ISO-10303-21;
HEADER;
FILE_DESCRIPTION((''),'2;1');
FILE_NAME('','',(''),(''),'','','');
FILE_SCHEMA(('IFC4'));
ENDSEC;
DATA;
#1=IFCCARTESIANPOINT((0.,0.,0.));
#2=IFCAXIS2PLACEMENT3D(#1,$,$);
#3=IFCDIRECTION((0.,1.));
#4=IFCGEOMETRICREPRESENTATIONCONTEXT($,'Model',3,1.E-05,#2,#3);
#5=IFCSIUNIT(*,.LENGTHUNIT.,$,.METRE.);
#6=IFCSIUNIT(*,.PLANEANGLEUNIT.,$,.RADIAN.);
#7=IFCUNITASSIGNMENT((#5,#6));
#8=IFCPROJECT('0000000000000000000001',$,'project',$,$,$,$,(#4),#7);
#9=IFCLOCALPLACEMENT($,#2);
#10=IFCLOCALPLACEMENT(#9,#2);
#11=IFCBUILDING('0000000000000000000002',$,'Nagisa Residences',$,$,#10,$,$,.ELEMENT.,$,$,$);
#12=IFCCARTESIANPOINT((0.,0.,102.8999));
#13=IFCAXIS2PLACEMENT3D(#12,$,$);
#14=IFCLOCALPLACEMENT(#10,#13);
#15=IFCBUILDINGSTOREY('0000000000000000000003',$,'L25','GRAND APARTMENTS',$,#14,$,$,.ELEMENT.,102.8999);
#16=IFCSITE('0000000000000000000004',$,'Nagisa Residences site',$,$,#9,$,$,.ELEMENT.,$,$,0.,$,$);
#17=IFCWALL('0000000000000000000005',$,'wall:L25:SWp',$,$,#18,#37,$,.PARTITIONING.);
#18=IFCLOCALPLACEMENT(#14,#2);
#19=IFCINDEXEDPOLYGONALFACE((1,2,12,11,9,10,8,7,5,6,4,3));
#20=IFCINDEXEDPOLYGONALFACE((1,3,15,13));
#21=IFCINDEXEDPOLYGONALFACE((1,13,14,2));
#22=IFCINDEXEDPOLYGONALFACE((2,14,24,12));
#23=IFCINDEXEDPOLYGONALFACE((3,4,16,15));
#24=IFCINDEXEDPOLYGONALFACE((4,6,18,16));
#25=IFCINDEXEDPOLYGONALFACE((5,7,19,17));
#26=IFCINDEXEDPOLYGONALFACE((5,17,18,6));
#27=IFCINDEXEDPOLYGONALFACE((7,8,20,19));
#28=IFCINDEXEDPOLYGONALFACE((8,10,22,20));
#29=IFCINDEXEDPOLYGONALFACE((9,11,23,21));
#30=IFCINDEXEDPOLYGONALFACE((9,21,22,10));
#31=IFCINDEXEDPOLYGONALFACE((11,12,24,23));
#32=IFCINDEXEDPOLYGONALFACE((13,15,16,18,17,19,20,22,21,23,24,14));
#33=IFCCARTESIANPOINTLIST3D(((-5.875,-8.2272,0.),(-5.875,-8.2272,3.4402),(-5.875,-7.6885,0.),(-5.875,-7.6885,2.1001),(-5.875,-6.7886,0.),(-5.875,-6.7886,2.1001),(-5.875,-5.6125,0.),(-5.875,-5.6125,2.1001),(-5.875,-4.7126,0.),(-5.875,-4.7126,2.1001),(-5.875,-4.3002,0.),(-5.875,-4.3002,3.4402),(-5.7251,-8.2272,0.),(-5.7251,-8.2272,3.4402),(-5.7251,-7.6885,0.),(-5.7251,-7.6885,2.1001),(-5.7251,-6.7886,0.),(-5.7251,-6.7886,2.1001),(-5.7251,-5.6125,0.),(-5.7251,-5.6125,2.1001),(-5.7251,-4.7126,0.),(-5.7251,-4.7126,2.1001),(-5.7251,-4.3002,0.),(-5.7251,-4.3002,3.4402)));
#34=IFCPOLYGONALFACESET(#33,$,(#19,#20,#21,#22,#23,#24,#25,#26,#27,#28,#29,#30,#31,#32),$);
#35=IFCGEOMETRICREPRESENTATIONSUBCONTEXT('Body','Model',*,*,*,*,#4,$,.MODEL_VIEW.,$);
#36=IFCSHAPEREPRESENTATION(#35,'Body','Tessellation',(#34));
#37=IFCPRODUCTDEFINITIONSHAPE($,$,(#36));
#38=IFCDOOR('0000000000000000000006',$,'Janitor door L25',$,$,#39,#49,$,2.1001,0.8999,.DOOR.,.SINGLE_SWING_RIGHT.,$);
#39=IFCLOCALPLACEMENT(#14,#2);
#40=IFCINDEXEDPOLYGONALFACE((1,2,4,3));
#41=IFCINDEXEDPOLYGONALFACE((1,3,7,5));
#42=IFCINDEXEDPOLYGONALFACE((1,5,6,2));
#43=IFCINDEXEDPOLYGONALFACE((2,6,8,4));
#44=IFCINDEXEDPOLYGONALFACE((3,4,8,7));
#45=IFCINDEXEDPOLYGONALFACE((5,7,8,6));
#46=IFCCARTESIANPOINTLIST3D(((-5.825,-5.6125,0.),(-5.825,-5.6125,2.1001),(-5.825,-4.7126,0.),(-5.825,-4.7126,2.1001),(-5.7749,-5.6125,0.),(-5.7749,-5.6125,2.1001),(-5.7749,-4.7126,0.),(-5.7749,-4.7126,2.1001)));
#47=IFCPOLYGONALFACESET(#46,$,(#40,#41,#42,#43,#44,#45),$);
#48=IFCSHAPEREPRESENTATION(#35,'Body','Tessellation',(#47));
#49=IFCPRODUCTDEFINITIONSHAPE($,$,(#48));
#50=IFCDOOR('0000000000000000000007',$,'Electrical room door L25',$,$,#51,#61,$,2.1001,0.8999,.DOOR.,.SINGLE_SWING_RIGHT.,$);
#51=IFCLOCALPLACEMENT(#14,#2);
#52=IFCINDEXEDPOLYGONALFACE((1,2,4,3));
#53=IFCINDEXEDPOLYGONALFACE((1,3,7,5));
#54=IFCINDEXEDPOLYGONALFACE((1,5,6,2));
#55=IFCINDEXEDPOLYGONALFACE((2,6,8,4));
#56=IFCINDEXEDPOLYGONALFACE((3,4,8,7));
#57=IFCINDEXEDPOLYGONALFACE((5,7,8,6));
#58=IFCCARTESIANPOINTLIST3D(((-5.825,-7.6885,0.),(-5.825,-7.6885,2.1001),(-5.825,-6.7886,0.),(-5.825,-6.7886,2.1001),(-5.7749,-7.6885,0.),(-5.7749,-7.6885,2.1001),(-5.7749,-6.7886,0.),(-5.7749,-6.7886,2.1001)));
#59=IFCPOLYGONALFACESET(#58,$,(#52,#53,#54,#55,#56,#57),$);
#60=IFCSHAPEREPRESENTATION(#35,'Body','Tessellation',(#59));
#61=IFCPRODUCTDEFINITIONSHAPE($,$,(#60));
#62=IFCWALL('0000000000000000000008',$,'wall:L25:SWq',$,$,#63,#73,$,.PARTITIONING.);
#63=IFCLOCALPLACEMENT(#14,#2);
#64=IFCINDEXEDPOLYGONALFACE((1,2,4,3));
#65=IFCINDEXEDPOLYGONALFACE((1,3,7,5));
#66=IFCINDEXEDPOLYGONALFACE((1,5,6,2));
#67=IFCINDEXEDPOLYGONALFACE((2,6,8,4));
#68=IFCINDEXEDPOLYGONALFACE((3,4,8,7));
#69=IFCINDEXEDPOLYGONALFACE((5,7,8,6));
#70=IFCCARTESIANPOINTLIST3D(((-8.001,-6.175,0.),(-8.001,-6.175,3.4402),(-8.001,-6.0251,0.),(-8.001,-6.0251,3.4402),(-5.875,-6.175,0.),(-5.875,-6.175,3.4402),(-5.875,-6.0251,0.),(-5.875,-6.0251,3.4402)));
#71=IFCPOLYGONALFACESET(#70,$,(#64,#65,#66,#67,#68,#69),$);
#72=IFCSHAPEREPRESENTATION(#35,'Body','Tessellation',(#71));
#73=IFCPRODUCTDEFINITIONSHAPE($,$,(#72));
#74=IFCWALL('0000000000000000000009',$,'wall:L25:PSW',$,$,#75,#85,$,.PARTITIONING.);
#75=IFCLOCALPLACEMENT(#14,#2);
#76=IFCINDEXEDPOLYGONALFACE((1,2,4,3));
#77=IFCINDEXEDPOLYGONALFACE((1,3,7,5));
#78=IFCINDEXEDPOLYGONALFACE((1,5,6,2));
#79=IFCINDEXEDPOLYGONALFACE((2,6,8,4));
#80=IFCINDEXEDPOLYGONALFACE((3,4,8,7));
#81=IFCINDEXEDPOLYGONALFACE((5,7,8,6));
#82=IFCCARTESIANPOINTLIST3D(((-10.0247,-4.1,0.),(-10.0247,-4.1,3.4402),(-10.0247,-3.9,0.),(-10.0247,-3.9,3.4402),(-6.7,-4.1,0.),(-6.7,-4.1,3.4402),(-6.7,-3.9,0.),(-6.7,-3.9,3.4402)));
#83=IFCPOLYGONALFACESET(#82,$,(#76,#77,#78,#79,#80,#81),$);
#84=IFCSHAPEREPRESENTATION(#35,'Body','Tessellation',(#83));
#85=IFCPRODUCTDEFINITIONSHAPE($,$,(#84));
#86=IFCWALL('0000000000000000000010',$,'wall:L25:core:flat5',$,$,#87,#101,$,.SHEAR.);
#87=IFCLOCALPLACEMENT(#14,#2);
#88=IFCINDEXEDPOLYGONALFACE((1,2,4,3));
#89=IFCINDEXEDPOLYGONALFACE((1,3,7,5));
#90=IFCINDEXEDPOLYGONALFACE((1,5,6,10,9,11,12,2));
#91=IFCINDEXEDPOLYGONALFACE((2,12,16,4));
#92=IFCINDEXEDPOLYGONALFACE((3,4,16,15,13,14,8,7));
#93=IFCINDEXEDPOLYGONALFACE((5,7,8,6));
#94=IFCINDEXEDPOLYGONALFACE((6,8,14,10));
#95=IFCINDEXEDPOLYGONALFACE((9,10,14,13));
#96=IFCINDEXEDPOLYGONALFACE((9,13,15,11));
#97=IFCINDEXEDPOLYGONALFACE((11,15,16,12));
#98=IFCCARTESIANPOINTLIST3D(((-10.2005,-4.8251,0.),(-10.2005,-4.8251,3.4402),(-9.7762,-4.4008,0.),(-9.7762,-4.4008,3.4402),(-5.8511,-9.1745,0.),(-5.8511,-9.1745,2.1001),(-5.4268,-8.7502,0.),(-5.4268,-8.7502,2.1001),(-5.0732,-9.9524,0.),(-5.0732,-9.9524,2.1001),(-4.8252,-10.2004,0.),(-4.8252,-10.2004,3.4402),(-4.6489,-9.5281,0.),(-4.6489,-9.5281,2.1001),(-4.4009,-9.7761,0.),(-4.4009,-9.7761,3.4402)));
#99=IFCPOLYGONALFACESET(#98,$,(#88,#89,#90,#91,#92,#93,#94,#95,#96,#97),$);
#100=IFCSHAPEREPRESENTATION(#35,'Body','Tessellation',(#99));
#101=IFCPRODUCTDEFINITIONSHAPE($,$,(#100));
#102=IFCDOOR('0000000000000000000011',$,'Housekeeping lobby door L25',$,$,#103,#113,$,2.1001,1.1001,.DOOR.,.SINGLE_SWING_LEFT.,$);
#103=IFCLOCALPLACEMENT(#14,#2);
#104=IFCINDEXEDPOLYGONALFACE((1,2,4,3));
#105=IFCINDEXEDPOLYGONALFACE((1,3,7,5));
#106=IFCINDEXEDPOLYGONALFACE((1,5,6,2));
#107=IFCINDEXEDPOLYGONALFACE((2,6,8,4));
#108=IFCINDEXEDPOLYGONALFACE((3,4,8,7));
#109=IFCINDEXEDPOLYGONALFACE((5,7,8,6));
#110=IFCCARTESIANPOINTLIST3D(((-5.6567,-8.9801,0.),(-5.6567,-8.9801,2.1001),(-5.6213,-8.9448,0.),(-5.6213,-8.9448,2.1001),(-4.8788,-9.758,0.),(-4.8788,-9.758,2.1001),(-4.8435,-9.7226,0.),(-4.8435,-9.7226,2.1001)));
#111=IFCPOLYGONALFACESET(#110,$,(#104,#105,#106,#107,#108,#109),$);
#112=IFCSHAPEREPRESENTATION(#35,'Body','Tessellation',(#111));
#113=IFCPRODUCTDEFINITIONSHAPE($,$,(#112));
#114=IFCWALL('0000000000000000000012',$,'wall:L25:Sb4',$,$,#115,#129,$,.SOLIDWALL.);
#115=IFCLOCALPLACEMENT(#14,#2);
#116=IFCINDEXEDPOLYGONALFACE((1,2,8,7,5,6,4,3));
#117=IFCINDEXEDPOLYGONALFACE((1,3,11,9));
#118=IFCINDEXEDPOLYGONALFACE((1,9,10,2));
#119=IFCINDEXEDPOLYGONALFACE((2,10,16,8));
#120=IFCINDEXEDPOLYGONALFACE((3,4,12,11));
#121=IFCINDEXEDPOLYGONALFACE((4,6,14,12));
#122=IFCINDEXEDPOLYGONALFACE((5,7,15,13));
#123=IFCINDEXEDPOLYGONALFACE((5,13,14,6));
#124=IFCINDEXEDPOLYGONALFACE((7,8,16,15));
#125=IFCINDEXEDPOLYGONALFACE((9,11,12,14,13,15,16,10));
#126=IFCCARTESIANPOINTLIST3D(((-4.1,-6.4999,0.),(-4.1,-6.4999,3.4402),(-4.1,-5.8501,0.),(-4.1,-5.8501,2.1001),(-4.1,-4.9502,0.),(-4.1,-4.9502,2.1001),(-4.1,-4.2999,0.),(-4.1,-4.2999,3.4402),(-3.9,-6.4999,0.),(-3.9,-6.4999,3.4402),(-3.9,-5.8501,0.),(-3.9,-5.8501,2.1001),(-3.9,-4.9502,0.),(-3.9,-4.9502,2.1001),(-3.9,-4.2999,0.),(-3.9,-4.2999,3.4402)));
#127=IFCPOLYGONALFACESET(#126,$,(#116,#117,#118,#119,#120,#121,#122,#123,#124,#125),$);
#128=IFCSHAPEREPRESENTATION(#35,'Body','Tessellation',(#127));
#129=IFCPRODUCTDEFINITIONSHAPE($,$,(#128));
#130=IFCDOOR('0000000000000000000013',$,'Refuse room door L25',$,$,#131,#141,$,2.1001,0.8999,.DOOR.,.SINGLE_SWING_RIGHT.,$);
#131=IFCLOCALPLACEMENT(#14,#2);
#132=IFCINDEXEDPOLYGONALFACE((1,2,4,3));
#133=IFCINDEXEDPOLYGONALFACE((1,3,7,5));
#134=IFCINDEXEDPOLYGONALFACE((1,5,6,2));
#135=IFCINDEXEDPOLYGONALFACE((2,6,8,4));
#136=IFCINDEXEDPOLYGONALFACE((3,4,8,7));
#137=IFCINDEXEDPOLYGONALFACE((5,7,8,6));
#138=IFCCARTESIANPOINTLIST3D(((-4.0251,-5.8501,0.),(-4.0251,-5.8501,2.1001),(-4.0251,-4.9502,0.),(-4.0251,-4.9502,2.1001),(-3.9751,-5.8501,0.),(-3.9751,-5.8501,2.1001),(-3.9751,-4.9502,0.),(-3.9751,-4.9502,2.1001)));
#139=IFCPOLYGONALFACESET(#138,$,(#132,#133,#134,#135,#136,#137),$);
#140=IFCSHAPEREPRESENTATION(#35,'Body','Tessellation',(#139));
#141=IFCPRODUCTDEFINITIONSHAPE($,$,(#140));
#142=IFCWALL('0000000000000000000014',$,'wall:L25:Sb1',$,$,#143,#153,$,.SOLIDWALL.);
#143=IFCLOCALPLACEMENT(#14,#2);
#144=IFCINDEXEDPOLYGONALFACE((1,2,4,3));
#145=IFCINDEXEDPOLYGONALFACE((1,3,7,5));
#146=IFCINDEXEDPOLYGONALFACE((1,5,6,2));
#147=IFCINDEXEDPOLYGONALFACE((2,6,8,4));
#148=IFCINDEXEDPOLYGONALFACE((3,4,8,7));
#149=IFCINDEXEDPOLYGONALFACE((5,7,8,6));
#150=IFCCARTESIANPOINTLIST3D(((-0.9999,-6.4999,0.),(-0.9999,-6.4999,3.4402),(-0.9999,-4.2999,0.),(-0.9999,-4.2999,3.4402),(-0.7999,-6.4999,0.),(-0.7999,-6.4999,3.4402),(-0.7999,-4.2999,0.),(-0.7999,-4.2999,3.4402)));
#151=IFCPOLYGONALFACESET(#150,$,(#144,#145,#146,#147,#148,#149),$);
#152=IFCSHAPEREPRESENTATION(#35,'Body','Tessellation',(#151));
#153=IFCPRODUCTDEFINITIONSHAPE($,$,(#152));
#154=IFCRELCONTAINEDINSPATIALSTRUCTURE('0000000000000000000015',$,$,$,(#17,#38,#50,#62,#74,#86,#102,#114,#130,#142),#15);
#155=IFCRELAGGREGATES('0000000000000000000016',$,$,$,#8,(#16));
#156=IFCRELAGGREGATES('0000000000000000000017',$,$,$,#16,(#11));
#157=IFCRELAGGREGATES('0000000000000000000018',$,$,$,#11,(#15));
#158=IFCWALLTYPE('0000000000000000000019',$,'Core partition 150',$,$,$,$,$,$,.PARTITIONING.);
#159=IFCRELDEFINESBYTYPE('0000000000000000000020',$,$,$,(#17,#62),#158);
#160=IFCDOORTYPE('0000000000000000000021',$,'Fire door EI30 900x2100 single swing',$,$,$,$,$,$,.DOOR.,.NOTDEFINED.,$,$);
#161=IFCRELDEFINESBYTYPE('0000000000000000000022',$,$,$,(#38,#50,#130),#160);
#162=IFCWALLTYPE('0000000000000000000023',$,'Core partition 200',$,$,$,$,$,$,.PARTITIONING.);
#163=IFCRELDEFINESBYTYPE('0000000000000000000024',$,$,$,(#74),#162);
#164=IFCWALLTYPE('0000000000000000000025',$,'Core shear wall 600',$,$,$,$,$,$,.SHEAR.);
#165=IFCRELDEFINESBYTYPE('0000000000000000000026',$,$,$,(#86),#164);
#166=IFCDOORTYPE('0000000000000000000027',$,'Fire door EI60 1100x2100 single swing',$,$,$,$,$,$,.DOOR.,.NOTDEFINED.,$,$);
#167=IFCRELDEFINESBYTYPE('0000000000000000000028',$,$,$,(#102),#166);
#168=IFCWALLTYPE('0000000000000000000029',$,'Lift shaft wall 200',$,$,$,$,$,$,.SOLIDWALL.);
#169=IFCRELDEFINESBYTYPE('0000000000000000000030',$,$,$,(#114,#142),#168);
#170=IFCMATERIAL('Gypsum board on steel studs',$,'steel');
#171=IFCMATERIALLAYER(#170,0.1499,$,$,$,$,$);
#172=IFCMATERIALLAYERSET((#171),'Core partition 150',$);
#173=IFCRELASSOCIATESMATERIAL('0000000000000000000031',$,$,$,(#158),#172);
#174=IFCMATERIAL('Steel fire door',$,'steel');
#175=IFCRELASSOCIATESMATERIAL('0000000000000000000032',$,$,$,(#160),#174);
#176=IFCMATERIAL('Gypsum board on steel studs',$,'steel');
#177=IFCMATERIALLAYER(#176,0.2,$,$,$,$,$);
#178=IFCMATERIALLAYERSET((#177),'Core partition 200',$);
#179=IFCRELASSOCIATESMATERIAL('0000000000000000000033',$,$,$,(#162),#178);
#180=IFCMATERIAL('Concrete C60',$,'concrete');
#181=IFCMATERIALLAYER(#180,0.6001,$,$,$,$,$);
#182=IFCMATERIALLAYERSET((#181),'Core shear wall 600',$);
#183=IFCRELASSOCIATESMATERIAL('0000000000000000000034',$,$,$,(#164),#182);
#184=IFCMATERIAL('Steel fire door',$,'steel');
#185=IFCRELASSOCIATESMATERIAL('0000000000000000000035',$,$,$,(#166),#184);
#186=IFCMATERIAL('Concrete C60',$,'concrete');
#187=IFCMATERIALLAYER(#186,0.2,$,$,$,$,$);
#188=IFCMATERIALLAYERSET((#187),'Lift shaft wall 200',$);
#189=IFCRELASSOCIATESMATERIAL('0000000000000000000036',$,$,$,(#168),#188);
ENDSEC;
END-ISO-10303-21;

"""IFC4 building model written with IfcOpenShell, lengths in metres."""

from ifc_helpers import new_model, si_unit, direction, frame, frame_2d, origin, place, context, subcontext, project, spatial, rectangle, extrude, material, layer, layer_set, type_object, element, fill, save


model = new_model("IFC4")

# Units and contexts
model_context = context("Model", 3, precision=1e-05, world=origin(), true_north=direction((0.0, 1.0)))
body_context = subcontext(model_context, "Body", "Model", "MODEL_VIEW")
ifc_project = project(units=[si_unit("LENGTHUNIT", "METRE"), si_unit("PLANEANGLEUNIT", "RADIAN")], contexts=[model_context])

# Site, building, storey
site_placement = place(None, origin())
site = spatial("IfcSite", under=ifc_project, at=site_placement, Name="Nagisa Residences site", CompositionType="ELEMENT", RefElevation=0.0)
building_placement = place(site_placement, origin())
building = spatial("IfcBuilding", under=site, at=building_placement, Name="Nagisa Residences", CompositionType="ELEMENT")
storey_placement = place(building_placement, frame((0.0, 0.0, 102.8999)))
storey = spatial("IfcBuildingStorey", under=building, at=storey_placement, Name="L25", Description="GRAND APARTMENTS", CompositionType="ELEMENT", Elevation=102.8999)

# Wall, openings, doors
ifc_material_1 = material(Name="Gypsum board on steel studs", Category="steel")
ifc_layer_1 = layer(ifc_material_1, 0.1499)
ifc_layer_set_1 = layer_set([ifc_layer_1], Name="Core partition 150")
wall_type_1 = type_object("IfcWallType", Name="Core partition 150", PredefinedType="PARTITIONING", material=ifc_layer_set_1)
wall_1_placement = place(storey_placement, frame((-5.8, -8.2271, 0.0), z_axis=(0.0, 0.0, 1.0), x_axis=(0.0, 1.0, 0.0)))
wall_1 = element("IfcWall", 1, at=wall_1_placement, inside=storey, type_object=wall_type_1, Name="wall:L25:SWp", PredefinedType="PARTITIONING", context=body_context, shape_type="SweptSolid", body=[
    extrude(rectangle(XDim=3.927, YDim=0.1499, at=frame_2d((1.9634, 0.0))), origin(), (0.0, 0.0, 1.0), 3.4402),
])
opening_1_placement = place(wall_1_placement, frame((2.6145, 0.0, 0.0)))
opening_1 = element("IfcOpeningElement", 2, at=opening_1_placement, cuts=wall_1, PredefinedType="OPENING", context=body_context, shape_type="SweptSolid", body=[
    extrude(rectangle(XDim=0.8999, YDim=2.1001, at=frame_2d((0.45, 1.05))), frame((0.0, 0.085, 0.0), z_axis=(0.0, -1.0, 0.0), x_axis=(1.0, 0.0, 0.0)), (0.0, 0.0, 1.0), 0.1699),
])
opening_2_placement = place(wall_1_placement, frame((0.5386, 0.0, 0.0)))
opening_2 = element("IfcOpeningElement", 3, at=opening_2_placement, cuts=wall_1, PredefinedType="OPENING", context=body_context, shape_type="SweptSolid", body=[
    extrude(rectangle(XDim=0.8999, YDim=2.1001, at=frame_2d((0.45, 1.05))), frame((0.0, 0.085, 0.0), z_axis=(0.0, -1.0, 0.0), x_axis=(1.0, 0.0, 0.0)), (0.0, 0.0, 1.0), 0.1699),
])
ifc_material_2 = material(Name="Steel fire door", Category="steel")
door_type_1 = type_object("IfcDoorType", Name="Fire door EI30 900x2100 single swing", OperationType="NOTDEFINED", PredefinedType="DOOR", material=ifc_material_2)
door_1_placement = place(opening_1_placement, origin())
door_1 = element("IfcDoor", 4, at=door_1_placement, inside=storey, type_object=door_type_1, Name="Janitor door L25", OperationType="SINGLE_SWING_RIGHT", OverallHeight=2.1001, OverallWidth=0.8999, PredefinedType="DOOR", context=body_context, shape_type="SweptSolid", body=[
    extrude(rectangle(XDim=0.8999, YDim=2.1001, at=frame_2d((0.45, 1.05))), frame((0.0, 0.0249, 0.0), z_axis=(0.0, -1.0, 0.0), x_axis=(1.0, 0.0, 0.0)), (0.0, 0.0, 1.0), 0.05),
])
fill(opening_1, door_1)
door_2_placement = place(opening_2_placement, origin())
door_2 = element("IfcDoor", 5, at=door_2_placement, inside=storey, type_object=door_type_1, Name="Electrical room door L25", OperationType="SINGLE_SWING_RIGHT", OverallHeight=2.1001, OverallWidth=0.8999, PredefinedType="DOOR", context=body_context, shape_type="SweptSolid", body=[
    extrude(rectangle(XDim=0.8999, YDim=2.1001, at=frame_2d((0.45, 1.05))), frame((0.0, 0.0249, 0.0), z_axis=(0.0, -1.0, 0.0), x_axis=(1.0, 0.0, 0.0)), (0.0, 0.0, 1.0), 0.05),
])
fill(opening_2, door_2)

# Walls
wall_2_placement = place(storey_placement, frame((-8.001, -6.1001, 0.0), z_axis=(0.0, 0.0, 1.0), x_axis=(1.0, 0.0, 0.0)))
element("IfcWall", 6, at=wall_2_placement, inside=storey, type_object=wall_type_1, Name="wall:L25:SWq", PredefinedType="PARTITIONING", context=body_context, shape_type="SweptSolid", body=[
    extrude(rectangle(XDim=2.126, YDim=0.1499, at=frame_2d((1.063, 0.0))), origin(), (0.0, 0.0, 1.0), 3.4402),
])
ifc_material_3 = material(Name="Gypsum board on steel studs", Category="steel")
ifc_layer_2 = layer(ifc_material_3, 0.2)
ifc_layer_set_2 = layer_set([ifc_layer_2], Name="Core partition 200")
wall_type_2 = type_object("IfcWallType", Name="Core partition 200", PredefinedType="PARTITIONING", material=ifc_layer_set_2)
wall_3_placement = place(storey_placement, frame((-10.0247, -4.0, 0.0), z_axis=(0.0, 0.0, 1.0), x_axis=(1.0, 0.0, 0.0)))
element("IfcWall", 7, at=wall_3_placement, inside=storey, type_object=wall_type_2, Name="wall:L25:PSW", PredefinedType="PARTITIONING", context=body_context, shape_type="SweptSolid", body=[
    extrude(rectangle(XDim=3.3247, YDim=0.2, at=frame_2d((1.6624, 0.0))), origin(), (0.0, 0.0, 1.0), 3.4402),
])

# Walls, openings, doors
ifc_material_4 = material(Name="Concrete C60", Category="concrete")
ifc_layer_3 = layer(ifc_material_4, 0.6001)
ifc_layer_set_3 = layer_set([ifc_layer_3], Name="Core shear wall 600")
wall_type_3 = type_object("IfcWallType", Name="Core shear wall 600", PredefinedType="SHEAR", material=ifc_layer_set_3)
wall_4_placement = place(storey_placement, frame((-9.9883, -4.613, 0.0), z_axis=(0.0, 0.0, 1.0), x_axis=(0.707107, -0.707107, 0.0)))
wall_4 = element("IfcWall", 8, at=wall_4_placement, inside=storey, type_object=wall_type_3, Name="wall:L25:core:flat5", PredefinedType="SHEAR", context=body_context, shape_type="SweptSolid", body=[
    extrude(rectangle(XDim=7.6018, YDim=0.6001, at=frame_2d((3.8008, 0.0))), origin(), (0.0, 0.0, 1.0), 3.4402),
])
opening_3_placement = place(wall_4_placement, frame((6.1509, 0.0, 0.0)))
opening_3 = element("IfcOpeningElement", 9, at=opening_3_placement, cuts=wall_4, PredefinedType="OPENING", context=body_context, shape_type="SweptSolid", body=[
    extrude(rectangle(XDim=1.1001, YDim=2.1001, at=frame_2d((0.55, 1.05))), frame((0.0, 0.3101, 0.0), z_axis=(0.0, -1.0, 0.0), x_axis=(1.0, 0.0, 0.0)), (0.0, 0.0, 1.0), 0.6201),
])
ifc_material_5 = material(Name="Steel fire door", Category="steel")
door_type_2 = type_object("IfcDoorType", Name="Fire door EI60 1100x2100 single swing", OperationType="NOTDEFINED", PredefinedType="DOOR", material=ifc_material_5)
door_3_placement = place(opening_3_placement, origin())
door_3 = element("IfcDoor", 10, at=door_3_placement, inside=storey, type_object=door_type_2, Name="Housekeeping lobby door L25", OperationType="SINGLE_SWING_LEFT", OverallHeight=2.1001, OverallWidth=1.1001, PredefinedType="DOOR", context=body_context, shape_type="SweptSolid", body=[
    extrude(rectangle(XDim=1.1001, YDim=2.1001, at=frame_2d((0.55, 1.05))), frame((0.0, 0.0249, 0.0), z_axis=(0.0, -1.0, 0.0), x_axis=(1.0, 0.0, 0.0)), (0.0, 0.0, 1.0), 0.05),
])
fill(opening_3, door_3)
ifc_material_6 = material(Name="Concrete C60", Category="concrete")
ifc_layer_4 = layer(ifc_material_6, 0.2)
ifc_layer_set_4 = layer_set([ifc_layer_4], Name="Lift shaft wall 200")
wall_type_4 = type_object("IfcWallType", Name="Lift shaft wall 200", PredefinedType="SOLIDWALL", material=ifc_layer_set_4)
wall_5_placement = place(storey_placement, frame((-4.0, -6.5, 0.0), z_axis=(0.0, 0.0, 1.0), x_axis=(0.0, 1.0, 0.0)))
wall_5 = element("IfcWall", 11, at=wall_5_placement, inside=storey, type_object=wall_type_4, Name="wall:L25:Sb4", PredefinedType="SOLIDWALL", context=body_context, shape_type="SweptSolid", body=[
    extrude(rectangle(XDim=2.2, YDim=0.2, at=frame_2d((1.1001, 0.0))), origin(), (0.0, 0.0, 1.0), 3.4402),
])
opening_4_placement = place(wall_5_placement, frame((0.6499, 0.0, 0.0)))
opening_4 = element("IfcOpeningElement", 12, at=opening_4_placement, cuts=wall_5, PredefinedType="OPENING", context=body_context, shape_type="SweptSolid", body=[
    extrude(rectangle(XDim=0.8999, YDim=2.1001, at=frame_2d((0.45, 1.05))), frame((0.0, 0.1099, 0.0), z_axis=(0.0, -1.0, 0.0), x_axis=(1.0, 0.0, 0.0)), (0.0, 0.0, 1.0), 0.22),
])
door_4_placement = place(opening_4_placement, frame((0.8999, 0.0, 0.0), x_axis=(-1.0, 0.0, 0.0)))
door_4 = element("IfcDoor", 13, at=door_4_placement, inside=storey, type_object=door_type_1, Name="Refuse room door L25", OperationType="SINGLE_SWING_RIGHT", OverallHeight=2.1001, OverallWidth=0.8999, PredefinedType="DOOR", context=body_context, shape_type="SweptSolid", body=[
    extrude(rectangle(XDim=0.8999, YDim=2.1001, at=frame_2d((0.45, 1.05))), frame((0.0, 0.0249, 0.0), z_axis=(0.0, -1.0, 0.0), x_axis=(1.0, 0.0, 0.0)), (0.0, 0.0, 1.0), 0.05),
])
fill(opening_4, door_4)

# Wall
wall_6_placement = place(storey_placement, frame((-0.8999, -6.5, 0.0), z_axis=(0.0, 0.0, 1.0), x_axis=(0.0, 1.0, 0.0)))
element("IfcWall", 14, at=wall_6_placement, inside=storey, type_object=wall_type_4, Name="wall:L25:Sb1", PredefinedType="SOLIDWALL", context=body_context, shape_type="SweptSolid", body=[
    extrude(rectangle(XDim=2.2, YDim=0.2, at=frame_2d((1.1001, 0.0))), origin(), (0.0, 0.0, 1.0), 3.4402),
])

save(model, "model.ifc")
